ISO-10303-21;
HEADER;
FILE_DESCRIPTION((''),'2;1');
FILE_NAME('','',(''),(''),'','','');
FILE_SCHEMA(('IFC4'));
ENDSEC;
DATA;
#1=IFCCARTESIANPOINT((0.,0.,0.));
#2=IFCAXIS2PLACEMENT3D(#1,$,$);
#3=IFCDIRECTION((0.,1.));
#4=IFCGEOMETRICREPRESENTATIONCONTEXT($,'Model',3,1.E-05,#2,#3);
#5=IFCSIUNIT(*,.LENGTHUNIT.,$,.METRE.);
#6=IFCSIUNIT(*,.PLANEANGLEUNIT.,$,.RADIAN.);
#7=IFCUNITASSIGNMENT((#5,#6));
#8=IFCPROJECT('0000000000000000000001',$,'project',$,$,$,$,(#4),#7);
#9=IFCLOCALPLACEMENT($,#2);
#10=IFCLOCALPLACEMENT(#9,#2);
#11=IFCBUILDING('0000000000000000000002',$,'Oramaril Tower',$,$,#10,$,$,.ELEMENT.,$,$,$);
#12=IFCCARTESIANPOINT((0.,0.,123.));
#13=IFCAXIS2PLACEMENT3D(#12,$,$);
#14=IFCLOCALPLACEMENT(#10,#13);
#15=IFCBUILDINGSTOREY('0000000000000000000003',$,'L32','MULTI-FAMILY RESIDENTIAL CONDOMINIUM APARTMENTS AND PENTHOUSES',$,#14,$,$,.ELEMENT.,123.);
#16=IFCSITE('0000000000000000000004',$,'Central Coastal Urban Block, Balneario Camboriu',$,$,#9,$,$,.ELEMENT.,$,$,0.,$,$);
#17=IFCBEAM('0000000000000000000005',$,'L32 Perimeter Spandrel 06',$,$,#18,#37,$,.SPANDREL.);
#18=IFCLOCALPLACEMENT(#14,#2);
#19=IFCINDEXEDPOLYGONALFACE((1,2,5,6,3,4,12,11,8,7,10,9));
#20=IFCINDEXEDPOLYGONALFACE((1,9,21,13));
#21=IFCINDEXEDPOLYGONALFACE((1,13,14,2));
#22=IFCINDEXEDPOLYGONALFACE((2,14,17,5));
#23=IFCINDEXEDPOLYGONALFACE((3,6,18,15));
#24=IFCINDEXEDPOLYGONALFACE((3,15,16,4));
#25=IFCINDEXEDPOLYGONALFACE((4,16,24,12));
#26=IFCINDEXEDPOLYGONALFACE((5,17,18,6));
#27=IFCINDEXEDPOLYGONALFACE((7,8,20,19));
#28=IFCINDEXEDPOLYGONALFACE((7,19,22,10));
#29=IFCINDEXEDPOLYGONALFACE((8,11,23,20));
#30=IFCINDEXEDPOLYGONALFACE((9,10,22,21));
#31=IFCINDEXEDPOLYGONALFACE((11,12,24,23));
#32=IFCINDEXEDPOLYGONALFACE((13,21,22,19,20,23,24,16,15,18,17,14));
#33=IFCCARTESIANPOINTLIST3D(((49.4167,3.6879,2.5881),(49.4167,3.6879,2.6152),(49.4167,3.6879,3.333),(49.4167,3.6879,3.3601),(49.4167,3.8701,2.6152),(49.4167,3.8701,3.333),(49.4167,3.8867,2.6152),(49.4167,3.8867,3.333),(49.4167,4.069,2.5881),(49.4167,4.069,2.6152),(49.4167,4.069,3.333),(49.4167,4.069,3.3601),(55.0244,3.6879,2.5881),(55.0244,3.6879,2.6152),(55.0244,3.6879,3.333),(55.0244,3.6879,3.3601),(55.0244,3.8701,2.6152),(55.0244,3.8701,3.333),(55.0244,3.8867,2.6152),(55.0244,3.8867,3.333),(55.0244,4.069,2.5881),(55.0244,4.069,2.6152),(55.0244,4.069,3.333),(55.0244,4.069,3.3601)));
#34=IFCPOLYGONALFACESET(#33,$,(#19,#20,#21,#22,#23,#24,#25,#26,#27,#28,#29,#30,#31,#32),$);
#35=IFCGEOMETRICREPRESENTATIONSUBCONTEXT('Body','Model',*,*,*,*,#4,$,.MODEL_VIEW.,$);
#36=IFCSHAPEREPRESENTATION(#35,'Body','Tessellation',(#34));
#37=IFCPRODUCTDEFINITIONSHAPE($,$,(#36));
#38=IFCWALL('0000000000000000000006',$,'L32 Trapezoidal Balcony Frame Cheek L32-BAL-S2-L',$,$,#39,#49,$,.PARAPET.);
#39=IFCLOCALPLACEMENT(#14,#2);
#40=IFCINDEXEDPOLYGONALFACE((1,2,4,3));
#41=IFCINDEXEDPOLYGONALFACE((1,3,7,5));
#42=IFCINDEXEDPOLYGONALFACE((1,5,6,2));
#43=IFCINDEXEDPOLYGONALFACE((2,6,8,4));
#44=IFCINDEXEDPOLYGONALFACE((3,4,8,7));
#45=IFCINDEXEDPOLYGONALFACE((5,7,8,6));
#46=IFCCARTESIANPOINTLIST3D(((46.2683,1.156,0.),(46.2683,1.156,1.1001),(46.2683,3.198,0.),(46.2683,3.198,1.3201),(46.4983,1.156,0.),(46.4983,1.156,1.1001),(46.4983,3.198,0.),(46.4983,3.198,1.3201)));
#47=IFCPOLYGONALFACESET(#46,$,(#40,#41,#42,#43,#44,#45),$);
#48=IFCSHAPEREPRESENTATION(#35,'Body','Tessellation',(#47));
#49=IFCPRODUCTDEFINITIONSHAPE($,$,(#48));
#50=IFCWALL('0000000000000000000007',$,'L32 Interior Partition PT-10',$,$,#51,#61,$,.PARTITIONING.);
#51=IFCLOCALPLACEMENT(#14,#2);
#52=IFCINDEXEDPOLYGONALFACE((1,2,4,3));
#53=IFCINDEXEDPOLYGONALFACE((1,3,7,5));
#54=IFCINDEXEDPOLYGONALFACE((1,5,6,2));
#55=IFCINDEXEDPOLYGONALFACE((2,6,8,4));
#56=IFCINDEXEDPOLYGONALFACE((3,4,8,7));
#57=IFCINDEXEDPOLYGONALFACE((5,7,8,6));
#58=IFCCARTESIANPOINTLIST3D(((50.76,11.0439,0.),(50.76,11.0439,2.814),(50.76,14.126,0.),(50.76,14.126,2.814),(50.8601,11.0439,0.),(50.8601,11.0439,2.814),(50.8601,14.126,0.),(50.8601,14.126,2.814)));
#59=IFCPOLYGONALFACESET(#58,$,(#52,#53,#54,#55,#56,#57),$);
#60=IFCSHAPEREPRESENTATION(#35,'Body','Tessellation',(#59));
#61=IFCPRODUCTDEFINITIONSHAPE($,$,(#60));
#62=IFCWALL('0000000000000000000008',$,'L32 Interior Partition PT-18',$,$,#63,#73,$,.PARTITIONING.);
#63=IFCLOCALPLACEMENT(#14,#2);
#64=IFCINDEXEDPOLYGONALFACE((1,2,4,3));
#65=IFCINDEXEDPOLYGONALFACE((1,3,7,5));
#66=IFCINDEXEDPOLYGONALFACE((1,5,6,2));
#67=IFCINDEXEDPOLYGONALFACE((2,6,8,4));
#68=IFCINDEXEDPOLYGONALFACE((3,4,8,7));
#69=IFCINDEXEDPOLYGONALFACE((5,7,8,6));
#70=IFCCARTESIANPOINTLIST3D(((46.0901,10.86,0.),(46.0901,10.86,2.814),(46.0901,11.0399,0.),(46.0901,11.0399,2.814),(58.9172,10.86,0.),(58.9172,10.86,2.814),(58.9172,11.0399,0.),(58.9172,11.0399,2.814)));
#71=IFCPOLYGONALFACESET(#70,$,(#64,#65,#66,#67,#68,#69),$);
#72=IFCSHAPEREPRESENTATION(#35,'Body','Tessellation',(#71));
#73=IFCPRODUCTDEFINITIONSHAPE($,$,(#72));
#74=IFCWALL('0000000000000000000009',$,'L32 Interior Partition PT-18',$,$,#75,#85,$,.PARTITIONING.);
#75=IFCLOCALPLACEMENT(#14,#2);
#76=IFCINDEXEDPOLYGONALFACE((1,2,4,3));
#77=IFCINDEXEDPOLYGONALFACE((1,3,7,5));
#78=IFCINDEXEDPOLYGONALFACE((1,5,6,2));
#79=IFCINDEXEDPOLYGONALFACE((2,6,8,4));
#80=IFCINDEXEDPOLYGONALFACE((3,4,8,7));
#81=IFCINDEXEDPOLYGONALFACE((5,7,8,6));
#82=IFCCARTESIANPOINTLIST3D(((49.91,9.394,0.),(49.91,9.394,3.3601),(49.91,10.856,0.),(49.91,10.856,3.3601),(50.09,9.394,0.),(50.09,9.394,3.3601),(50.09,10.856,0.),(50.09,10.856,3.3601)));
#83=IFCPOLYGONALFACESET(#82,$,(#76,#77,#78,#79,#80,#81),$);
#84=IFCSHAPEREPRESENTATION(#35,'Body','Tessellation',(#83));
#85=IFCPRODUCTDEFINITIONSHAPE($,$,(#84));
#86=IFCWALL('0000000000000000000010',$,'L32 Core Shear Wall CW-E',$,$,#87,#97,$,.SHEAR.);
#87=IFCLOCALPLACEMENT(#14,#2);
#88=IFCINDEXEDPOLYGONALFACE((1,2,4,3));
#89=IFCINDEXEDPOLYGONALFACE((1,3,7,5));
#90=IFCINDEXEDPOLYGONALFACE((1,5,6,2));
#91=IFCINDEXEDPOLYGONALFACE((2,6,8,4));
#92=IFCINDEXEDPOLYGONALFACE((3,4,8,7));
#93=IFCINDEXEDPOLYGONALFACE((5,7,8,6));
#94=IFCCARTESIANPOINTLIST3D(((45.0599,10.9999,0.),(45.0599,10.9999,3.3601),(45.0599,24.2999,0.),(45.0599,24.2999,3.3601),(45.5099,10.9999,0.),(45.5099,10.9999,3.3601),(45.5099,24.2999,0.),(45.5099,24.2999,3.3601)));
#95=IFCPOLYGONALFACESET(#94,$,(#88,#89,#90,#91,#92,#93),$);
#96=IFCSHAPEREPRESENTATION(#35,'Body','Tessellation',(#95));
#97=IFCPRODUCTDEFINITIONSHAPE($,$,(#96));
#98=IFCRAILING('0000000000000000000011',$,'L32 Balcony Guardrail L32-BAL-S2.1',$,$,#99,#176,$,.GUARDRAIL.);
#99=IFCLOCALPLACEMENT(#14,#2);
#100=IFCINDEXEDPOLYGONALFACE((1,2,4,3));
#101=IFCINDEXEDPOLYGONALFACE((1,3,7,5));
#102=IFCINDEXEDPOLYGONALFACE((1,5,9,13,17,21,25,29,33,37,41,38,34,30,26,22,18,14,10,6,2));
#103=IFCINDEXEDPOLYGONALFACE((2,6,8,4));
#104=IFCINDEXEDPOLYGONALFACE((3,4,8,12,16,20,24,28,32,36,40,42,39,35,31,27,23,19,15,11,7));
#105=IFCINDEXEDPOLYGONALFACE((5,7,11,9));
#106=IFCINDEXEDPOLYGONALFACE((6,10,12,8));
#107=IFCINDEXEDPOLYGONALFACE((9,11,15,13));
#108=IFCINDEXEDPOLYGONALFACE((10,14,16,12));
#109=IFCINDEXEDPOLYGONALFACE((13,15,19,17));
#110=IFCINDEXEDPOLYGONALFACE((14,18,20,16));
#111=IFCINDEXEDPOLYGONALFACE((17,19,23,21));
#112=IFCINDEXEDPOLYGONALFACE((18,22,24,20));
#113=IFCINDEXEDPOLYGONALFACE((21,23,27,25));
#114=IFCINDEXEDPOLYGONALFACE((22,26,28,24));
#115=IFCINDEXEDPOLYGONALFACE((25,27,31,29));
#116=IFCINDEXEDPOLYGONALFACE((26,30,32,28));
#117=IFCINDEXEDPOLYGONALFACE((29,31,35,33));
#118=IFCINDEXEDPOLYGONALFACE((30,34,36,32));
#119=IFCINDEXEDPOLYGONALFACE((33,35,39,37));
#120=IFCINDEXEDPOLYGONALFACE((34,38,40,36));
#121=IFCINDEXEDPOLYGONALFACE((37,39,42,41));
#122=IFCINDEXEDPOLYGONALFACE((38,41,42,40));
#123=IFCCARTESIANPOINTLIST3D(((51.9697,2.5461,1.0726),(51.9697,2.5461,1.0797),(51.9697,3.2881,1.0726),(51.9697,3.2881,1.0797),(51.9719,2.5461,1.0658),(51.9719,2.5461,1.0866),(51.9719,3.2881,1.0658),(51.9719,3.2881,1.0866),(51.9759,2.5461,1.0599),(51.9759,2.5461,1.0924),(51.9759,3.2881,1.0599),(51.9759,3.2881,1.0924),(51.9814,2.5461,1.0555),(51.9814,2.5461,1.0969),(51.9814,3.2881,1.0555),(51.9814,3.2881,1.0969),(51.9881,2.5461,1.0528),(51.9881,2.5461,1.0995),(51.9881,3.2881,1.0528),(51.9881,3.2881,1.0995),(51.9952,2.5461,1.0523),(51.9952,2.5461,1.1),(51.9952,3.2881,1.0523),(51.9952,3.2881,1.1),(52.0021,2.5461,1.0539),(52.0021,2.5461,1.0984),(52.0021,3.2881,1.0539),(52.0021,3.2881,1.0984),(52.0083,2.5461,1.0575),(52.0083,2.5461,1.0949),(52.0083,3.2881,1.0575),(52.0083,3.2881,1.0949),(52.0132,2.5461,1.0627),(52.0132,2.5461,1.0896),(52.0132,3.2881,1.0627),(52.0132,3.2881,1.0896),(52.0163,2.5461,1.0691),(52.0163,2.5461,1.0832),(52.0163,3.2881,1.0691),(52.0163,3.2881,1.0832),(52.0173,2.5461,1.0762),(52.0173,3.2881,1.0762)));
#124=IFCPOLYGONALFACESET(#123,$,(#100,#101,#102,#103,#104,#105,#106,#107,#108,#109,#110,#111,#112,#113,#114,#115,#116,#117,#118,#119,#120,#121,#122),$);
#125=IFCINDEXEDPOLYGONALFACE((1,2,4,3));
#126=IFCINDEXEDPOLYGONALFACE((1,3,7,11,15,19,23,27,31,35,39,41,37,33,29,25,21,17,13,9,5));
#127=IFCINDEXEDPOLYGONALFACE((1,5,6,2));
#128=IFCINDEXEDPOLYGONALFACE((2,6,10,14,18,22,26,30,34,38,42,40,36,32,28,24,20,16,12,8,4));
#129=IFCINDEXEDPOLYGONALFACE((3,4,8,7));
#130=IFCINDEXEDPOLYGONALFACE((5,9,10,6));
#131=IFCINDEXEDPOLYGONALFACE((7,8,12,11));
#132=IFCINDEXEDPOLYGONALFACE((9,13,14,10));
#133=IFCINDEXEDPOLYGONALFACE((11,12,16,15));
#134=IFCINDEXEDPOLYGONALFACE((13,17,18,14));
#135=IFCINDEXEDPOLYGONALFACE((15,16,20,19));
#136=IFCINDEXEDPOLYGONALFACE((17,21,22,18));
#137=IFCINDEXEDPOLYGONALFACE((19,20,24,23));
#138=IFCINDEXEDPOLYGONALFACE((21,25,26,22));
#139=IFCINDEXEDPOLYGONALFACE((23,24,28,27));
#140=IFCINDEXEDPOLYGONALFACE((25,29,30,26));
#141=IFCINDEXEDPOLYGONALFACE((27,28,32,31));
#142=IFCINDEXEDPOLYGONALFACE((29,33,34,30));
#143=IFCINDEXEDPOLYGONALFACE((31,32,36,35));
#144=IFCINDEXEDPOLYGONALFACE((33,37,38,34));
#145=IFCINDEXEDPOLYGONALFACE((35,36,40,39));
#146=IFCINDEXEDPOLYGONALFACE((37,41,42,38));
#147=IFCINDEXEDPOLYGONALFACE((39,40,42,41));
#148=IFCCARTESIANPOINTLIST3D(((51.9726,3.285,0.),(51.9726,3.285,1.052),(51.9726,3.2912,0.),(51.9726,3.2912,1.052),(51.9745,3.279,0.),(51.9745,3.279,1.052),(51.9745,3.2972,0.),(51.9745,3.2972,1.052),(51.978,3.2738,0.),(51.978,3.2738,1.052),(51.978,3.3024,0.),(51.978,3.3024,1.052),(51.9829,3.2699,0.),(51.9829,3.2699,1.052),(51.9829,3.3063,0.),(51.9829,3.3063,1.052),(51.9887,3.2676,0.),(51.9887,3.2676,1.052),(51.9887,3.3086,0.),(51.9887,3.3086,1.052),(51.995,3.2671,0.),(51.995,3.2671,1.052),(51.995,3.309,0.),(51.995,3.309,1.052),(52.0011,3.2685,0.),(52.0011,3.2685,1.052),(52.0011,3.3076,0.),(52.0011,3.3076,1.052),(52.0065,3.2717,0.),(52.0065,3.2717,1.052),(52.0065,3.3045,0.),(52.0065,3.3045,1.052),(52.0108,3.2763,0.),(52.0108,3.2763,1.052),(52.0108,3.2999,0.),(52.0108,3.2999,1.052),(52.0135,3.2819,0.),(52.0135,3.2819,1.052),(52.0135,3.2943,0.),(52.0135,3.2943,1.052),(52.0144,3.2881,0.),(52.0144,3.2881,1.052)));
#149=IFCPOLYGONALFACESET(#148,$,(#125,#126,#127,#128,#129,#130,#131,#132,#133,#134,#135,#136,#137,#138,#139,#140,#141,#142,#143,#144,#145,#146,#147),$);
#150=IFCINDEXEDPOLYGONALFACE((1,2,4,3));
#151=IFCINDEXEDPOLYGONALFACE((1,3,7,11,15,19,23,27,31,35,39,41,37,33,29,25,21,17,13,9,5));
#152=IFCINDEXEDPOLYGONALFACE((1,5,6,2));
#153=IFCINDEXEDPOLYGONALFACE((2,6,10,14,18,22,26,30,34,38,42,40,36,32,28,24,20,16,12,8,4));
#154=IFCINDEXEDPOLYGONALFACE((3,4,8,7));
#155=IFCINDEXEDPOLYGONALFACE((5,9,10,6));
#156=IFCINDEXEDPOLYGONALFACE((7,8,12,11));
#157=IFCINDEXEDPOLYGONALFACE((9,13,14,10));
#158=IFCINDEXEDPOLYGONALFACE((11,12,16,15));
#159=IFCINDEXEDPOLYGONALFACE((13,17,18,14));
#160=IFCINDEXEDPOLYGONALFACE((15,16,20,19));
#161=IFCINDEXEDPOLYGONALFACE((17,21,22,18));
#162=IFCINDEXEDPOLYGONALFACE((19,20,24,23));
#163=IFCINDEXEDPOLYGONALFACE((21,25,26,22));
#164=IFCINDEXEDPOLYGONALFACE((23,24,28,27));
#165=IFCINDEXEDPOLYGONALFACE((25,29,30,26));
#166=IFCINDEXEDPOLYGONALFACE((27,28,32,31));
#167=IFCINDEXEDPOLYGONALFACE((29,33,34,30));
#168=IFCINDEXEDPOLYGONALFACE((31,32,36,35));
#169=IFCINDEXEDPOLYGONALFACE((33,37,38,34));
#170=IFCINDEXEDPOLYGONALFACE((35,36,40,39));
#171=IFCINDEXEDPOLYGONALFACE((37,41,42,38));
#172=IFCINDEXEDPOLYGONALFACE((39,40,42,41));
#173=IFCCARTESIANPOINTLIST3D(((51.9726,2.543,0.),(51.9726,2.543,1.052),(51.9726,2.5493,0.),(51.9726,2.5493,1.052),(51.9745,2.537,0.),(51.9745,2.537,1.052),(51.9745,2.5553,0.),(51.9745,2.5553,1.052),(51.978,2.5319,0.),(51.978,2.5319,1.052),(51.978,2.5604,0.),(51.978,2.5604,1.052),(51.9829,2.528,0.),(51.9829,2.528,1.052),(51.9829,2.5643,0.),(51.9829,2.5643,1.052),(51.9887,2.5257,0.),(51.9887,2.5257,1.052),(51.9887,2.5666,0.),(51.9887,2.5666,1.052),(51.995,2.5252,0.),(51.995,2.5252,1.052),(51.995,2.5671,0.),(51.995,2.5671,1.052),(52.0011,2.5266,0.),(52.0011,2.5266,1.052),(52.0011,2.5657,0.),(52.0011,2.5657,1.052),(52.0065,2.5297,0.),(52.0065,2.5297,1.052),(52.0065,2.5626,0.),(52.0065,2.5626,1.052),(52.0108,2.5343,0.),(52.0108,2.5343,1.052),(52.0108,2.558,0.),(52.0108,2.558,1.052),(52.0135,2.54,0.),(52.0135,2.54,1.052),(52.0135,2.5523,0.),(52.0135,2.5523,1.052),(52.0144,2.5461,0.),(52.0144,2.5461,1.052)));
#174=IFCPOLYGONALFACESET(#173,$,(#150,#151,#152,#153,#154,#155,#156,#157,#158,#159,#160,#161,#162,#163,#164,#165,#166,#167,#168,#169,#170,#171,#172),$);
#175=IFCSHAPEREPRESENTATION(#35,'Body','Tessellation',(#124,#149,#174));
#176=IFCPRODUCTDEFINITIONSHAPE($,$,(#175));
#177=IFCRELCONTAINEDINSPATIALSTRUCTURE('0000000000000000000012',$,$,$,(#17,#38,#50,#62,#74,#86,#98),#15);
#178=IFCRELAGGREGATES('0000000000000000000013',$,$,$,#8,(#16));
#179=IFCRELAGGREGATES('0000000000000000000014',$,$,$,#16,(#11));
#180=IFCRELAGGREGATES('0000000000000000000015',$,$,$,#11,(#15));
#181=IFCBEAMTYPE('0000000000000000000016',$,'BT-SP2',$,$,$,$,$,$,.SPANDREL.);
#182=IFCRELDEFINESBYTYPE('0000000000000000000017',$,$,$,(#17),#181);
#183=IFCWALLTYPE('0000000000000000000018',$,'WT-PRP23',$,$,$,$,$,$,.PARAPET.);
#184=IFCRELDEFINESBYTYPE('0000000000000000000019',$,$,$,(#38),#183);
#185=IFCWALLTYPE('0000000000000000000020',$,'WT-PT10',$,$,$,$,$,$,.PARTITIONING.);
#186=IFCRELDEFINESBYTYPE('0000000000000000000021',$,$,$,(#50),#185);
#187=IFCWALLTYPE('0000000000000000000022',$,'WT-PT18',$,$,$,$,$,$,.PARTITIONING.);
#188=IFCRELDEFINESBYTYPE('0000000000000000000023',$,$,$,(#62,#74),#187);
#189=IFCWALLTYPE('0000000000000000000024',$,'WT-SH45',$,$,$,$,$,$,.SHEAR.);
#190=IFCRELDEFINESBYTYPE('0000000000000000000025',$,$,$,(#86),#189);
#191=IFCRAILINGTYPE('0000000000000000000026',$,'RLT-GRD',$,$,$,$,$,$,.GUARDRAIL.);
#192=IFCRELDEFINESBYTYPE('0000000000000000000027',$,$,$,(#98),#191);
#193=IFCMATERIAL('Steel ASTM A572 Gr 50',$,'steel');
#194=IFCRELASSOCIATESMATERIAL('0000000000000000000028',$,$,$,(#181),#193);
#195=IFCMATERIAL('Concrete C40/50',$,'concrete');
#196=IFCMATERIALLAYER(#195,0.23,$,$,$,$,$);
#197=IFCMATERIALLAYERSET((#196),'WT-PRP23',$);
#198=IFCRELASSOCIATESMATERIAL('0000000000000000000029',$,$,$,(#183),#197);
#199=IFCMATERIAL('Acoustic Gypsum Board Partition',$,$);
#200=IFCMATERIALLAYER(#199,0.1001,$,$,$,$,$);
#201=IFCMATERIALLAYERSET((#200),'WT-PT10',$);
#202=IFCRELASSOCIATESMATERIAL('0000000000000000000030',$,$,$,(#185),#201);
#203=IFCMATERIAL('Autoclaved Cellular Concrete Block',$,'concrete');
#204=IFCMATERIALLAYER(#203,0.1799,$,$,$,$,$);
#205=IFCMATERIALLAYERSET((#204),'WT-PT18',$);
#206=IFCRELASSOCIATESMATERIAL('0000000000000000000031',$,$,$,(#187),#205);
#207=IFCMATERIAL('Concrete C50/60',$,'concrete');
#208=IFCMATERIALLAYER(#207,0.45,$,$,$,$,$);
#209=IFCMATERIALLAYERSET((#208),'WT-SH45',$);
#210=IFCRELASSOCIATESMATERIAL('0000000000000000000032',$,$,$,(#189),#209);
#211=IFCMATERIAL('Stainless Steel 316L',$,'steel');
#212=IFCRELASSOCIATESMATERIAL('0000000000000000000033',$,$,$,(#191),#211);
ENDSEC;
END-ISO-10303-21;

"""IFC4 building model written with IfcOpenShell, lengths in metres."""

from ifc_helpers import new_model, si_unit, direction, frame, frame_2d, origin, origin_2d, place, context, subcontext, project, spatial, polyline, rectangle, circle, i_section, outline, extrude, material, layer, layer_set, material_profile, profile_set, type_object, element, save


model = new_model("IFC4")

# Units and contexts
model_context = context("Model", 3, precision=1e-05, world=origin(), true_north=direction((0.0, 1.0)))
body_context = subcontext(model_context, "Body", "Model", "MODEL_VIEW")
ifc_project = project(units=[si_unit("LENGTHUNIT", "METRE"), si_unit("PLANEANGLEUNIT", "RADIAN")], contexts=[model_context])

# Site, building, storey
site_placement = place(None, origin())
site = spatial("IfcSite", under=ifc_project, at=site_placement, Name="Central Coastal Urban Block, Balneario Camboriu", CompositionType="ELEMENT", RefElevation=0.0)
building_placement = place(site_placement, origin())
building = spatial("IfcBuilding", under=site, at=building_placement, Name="Oramaril Tower", CompositionType="ELEMENT")
storey_placement = place(building_placement, frame((0.0, 0.0, 123.0)))
storey = spatial("IfcBuildingStorey", under=building, at=storey_placement, Name="L32", Description="MULTI-FAMILY RESIDENTIAL CONDOMINIUM APARTMENTS AND PENTHOUSES", CompositionType="ELEMENT", Elevation=123.0)

# Beam
ifc_material_1 = material(Name="Steel ASTM A572 Gr 50", Category="steel")
ifc_material_profile_1 = material_profile(ifc_material_1, i_section(OverallWidth=0.3811, OverallDepth=0.772, WebThickness=0.0166, FlangeThickness=0.0271, at=origin_2d()), Name="W30X173")
ifc_profile_set_1 = profile_set([ifc_material_profile_1], Name="Steel ASTM A572 Gr 50")
beam_type_1 = type_object("IfcBeamType", Name="BT-SP2", PredefinedType="SPANDREL", material=ifc_profile_set_1)
beam_1_placement = place(storey_placement, frame((49.4167, 3.8784, 2.9741), z_axis=(1.0, 0.0, 0.0), x_axis=(0.0, 1.0, 0.0)))
element("IfcBeam", 1, at=beam_1_placement, inside=storey, type_object=beam_type_1, Name="L32 Perimeter Spandrel 06", PredefinedType="SPANDREL", context=body_context, shape_type="SweptSolid", body=[
    extrude(i_section(OverallWidth=0.3811, OverallDepth=0.772, WebThickness=0.0166, FlangeThickness=0.0271, at=origin_2d()), origin(), (0.0, 0.0, 1.0), 5.6077),
])

# Walls
ifc_material_2 = material(Name="Concrete C40/50", Category="concrete")
ifc_layer_1 = layer(ifc_material_2, 0.23)
ifc_layer_set_1 = layer_set([ifc_layer_1], Name="WT-PRP23")
wall_type_1 = type_object("IfcWallType", Name="WT-PRP23", PredefinedType="PARAPET", material=ifc_layer_set_1)
wall_1_placement = place(storey_placement, frame((46.3833, 3.198, 0.0), z_axis=(0.0, 0.0, 1.0), x_axis=(0.0, -1.0, 0.0)))
element("IfcWall", 2, at=wall_1_placement, inside=storey, type_object=wall_type_1, Name="L32 Trapezoidal Balcony Frame Cheek L32-BAL-S2-L", PredefinedType="PARAPET", context=body_context, shape_type="SweptSolid", body=[
    extrude(outline(polyline([(0.0, 0.0), (2.042, 0.0), (2.042, 1.1001), (0.0, 1.3201), (0.0, 0.0)])), frame((0.0, 0.115, 0.0), z_axis=(0.0, -1.0, 0.0), x_axis=(1.0, 0.0, 0.0)), (0.0, 0.0, 1.0), 0.23),
])
ifc_material_3 = material(Name="Acoustic Gypsum Board Partition")
ifc_layer_2 = layer(ifc_material_3, 0.1001)
ifc_layer_set_2 = layer_set([ifc_layer_2], Name="WT-PT10")
wall_type_2 = type_object("IfcWallType", Name="WT-PT10", PredefinedType="PARTITIONING", material=ifc_layer_set_2)
wall_2_placement = place(storey_placement, frame((50.8101, 11.0439, 0.0), z_axis=(0.0, 0.0, 1.0), x_axis=(0.0, 1.0, 0.0)))
element("IfcWall", 3, at=wall_2_placement, inside=storey, type_object=wall_type_2, Name="L32 Interior Partition PT-10", PredefinedType="PARTITIONING", context=body_context, shape_type="SweptSolid", body=[
    extrude(rectangle(XDim=3.082, YDim=0.1001, at=frame_2d((1.541, 0.0))), origin(), (0.0, 0.0, 1.0), 2.814),
])

# Walls
ifc_material_4 = material(Name="Autoclaved Cellular Concrete Block", Category="concrete")
ifc_layer_3 = layer(ifc_material_4, 0.1799)
ifc_layer_set_3 = layer_set([ifc_layer_3], Name="WT-PT18")
wall_type_3 = type_object("IfcWallType", Name="WT-PT18", PredefinedType="PARTITIONING", material=ifc_layer_set_3)
wall_3_placement = place(storey_placement, frame((46.0901, 10.95, 0.0), z_axis=(0.0, 0.0, 1.0), x_axis=(1.0, 0.0, 0.0)))
element("IfcWall", 4, at=wall_3_placement, inside=storey, type_object=wall_type_3, Name="L32 Interior Partition PT-18", PredefinedType="PARTITIONING", context=body_context, shape_type="SweptSolid", body=[
    extrude(rectangle(XDim=12.8271, YDim=0.1799, at=frame_2d((6.4136, 0.0))), origin(), (0.0, 0.0, 1.0), 2.814),
])
wall_4_placement = place(storey_placement, frame((50.0, 9.394, 0.0), z_axis=(0.0, 0.0, 1.0), x_axis=(0.0, 1.0, 0.0)))
element("IfcWall", 5, at=wall_4_placement, inside=storey, type_object=wall_type_3, Name="L32 Interior Partition PT-18", PredefinedType="PARTITIONING", context=body_context, shape_type="SweptSolid", body=[
    extrude(rectangle(XDim=1.4619, YDim=0.1799, at=frame_2d((0.731, 0.0))), origin(), (0.0, 0.0, 1.0), 3.3601),
])
ifc_material_5 = material(Name="Concrete C50/60", Category="concrete")
ifc_layer_4 = layer(ifc_material_5, 0.45)
ifc_layer_set_4 = layer_set([ifc_layer_4], Name="WT-SH45")
wall_type_4 = type_object("IfcWallType", Name="WT-SH45", PredefinedType="SHEAR", material=ifc_layer_set_4)
wall_5_placement = place(storey_placement, frame((45.2849, 11.0, 0.0), z_axis=(0.0, 0.0, 1.0), x_axis=(0.0, 1.0, 0.0)))
element("IfcWall", 6, at=wall_5_placement, inside=storey, type_object=wall_type_4, Name="L32 Core Shear Wall CW-E", PredefinedType="SHEAR", context=body_context, shape_type="SweptSolid", body=[
    extrude(rectangle(XDim=13.3, YDim=0.45, at=frame_2d((6.6499, 0.0))), origin(), (0.0, 0.0, 1.0), 3.3601),
])

# Railing
ifc_material_6 = material(Name="Stainless Steel 316L", Category="steel")
railing_type = type_object("IfcRailingType", Name="RLT-GRD", PredefinedType="GUARDRAIL", material=ifc_material_6)
railing_1_placement = place(storey_placement, frame((51.9934, 3.2881, 0.0)))
element("IfcRailing", 7, at=railing_1_placement, inside=storey, type_object=railing_type, Name="L32 Balcony Guardrail L32-BAL-S2.1", PredefinedType="GUARDRAIL", context=body_context, shape_type="SweptSolid", body=[
    extrude(circle(Radius=0.0239, at=origin_2d()), frame((0.0, 0.0, 1.0762), z_axis=(0.0, -1.0, 0.0), x_axis=(1.0, 0.0, 0.0)), (0.0, 0.0, 1.0), 0.7419),
    extrude(circle(Radius=0.021, at=origin_2d()), origin(), (0.0, 0.0, 1.0), 1.052),
    extrude(circle(Radius=0.021, at=origin_2d()), frame((0.0, -0.7419, 0.0)), (0.0, 0.0, 1.0), 1.052),
])

save(model, "model.ifc")
